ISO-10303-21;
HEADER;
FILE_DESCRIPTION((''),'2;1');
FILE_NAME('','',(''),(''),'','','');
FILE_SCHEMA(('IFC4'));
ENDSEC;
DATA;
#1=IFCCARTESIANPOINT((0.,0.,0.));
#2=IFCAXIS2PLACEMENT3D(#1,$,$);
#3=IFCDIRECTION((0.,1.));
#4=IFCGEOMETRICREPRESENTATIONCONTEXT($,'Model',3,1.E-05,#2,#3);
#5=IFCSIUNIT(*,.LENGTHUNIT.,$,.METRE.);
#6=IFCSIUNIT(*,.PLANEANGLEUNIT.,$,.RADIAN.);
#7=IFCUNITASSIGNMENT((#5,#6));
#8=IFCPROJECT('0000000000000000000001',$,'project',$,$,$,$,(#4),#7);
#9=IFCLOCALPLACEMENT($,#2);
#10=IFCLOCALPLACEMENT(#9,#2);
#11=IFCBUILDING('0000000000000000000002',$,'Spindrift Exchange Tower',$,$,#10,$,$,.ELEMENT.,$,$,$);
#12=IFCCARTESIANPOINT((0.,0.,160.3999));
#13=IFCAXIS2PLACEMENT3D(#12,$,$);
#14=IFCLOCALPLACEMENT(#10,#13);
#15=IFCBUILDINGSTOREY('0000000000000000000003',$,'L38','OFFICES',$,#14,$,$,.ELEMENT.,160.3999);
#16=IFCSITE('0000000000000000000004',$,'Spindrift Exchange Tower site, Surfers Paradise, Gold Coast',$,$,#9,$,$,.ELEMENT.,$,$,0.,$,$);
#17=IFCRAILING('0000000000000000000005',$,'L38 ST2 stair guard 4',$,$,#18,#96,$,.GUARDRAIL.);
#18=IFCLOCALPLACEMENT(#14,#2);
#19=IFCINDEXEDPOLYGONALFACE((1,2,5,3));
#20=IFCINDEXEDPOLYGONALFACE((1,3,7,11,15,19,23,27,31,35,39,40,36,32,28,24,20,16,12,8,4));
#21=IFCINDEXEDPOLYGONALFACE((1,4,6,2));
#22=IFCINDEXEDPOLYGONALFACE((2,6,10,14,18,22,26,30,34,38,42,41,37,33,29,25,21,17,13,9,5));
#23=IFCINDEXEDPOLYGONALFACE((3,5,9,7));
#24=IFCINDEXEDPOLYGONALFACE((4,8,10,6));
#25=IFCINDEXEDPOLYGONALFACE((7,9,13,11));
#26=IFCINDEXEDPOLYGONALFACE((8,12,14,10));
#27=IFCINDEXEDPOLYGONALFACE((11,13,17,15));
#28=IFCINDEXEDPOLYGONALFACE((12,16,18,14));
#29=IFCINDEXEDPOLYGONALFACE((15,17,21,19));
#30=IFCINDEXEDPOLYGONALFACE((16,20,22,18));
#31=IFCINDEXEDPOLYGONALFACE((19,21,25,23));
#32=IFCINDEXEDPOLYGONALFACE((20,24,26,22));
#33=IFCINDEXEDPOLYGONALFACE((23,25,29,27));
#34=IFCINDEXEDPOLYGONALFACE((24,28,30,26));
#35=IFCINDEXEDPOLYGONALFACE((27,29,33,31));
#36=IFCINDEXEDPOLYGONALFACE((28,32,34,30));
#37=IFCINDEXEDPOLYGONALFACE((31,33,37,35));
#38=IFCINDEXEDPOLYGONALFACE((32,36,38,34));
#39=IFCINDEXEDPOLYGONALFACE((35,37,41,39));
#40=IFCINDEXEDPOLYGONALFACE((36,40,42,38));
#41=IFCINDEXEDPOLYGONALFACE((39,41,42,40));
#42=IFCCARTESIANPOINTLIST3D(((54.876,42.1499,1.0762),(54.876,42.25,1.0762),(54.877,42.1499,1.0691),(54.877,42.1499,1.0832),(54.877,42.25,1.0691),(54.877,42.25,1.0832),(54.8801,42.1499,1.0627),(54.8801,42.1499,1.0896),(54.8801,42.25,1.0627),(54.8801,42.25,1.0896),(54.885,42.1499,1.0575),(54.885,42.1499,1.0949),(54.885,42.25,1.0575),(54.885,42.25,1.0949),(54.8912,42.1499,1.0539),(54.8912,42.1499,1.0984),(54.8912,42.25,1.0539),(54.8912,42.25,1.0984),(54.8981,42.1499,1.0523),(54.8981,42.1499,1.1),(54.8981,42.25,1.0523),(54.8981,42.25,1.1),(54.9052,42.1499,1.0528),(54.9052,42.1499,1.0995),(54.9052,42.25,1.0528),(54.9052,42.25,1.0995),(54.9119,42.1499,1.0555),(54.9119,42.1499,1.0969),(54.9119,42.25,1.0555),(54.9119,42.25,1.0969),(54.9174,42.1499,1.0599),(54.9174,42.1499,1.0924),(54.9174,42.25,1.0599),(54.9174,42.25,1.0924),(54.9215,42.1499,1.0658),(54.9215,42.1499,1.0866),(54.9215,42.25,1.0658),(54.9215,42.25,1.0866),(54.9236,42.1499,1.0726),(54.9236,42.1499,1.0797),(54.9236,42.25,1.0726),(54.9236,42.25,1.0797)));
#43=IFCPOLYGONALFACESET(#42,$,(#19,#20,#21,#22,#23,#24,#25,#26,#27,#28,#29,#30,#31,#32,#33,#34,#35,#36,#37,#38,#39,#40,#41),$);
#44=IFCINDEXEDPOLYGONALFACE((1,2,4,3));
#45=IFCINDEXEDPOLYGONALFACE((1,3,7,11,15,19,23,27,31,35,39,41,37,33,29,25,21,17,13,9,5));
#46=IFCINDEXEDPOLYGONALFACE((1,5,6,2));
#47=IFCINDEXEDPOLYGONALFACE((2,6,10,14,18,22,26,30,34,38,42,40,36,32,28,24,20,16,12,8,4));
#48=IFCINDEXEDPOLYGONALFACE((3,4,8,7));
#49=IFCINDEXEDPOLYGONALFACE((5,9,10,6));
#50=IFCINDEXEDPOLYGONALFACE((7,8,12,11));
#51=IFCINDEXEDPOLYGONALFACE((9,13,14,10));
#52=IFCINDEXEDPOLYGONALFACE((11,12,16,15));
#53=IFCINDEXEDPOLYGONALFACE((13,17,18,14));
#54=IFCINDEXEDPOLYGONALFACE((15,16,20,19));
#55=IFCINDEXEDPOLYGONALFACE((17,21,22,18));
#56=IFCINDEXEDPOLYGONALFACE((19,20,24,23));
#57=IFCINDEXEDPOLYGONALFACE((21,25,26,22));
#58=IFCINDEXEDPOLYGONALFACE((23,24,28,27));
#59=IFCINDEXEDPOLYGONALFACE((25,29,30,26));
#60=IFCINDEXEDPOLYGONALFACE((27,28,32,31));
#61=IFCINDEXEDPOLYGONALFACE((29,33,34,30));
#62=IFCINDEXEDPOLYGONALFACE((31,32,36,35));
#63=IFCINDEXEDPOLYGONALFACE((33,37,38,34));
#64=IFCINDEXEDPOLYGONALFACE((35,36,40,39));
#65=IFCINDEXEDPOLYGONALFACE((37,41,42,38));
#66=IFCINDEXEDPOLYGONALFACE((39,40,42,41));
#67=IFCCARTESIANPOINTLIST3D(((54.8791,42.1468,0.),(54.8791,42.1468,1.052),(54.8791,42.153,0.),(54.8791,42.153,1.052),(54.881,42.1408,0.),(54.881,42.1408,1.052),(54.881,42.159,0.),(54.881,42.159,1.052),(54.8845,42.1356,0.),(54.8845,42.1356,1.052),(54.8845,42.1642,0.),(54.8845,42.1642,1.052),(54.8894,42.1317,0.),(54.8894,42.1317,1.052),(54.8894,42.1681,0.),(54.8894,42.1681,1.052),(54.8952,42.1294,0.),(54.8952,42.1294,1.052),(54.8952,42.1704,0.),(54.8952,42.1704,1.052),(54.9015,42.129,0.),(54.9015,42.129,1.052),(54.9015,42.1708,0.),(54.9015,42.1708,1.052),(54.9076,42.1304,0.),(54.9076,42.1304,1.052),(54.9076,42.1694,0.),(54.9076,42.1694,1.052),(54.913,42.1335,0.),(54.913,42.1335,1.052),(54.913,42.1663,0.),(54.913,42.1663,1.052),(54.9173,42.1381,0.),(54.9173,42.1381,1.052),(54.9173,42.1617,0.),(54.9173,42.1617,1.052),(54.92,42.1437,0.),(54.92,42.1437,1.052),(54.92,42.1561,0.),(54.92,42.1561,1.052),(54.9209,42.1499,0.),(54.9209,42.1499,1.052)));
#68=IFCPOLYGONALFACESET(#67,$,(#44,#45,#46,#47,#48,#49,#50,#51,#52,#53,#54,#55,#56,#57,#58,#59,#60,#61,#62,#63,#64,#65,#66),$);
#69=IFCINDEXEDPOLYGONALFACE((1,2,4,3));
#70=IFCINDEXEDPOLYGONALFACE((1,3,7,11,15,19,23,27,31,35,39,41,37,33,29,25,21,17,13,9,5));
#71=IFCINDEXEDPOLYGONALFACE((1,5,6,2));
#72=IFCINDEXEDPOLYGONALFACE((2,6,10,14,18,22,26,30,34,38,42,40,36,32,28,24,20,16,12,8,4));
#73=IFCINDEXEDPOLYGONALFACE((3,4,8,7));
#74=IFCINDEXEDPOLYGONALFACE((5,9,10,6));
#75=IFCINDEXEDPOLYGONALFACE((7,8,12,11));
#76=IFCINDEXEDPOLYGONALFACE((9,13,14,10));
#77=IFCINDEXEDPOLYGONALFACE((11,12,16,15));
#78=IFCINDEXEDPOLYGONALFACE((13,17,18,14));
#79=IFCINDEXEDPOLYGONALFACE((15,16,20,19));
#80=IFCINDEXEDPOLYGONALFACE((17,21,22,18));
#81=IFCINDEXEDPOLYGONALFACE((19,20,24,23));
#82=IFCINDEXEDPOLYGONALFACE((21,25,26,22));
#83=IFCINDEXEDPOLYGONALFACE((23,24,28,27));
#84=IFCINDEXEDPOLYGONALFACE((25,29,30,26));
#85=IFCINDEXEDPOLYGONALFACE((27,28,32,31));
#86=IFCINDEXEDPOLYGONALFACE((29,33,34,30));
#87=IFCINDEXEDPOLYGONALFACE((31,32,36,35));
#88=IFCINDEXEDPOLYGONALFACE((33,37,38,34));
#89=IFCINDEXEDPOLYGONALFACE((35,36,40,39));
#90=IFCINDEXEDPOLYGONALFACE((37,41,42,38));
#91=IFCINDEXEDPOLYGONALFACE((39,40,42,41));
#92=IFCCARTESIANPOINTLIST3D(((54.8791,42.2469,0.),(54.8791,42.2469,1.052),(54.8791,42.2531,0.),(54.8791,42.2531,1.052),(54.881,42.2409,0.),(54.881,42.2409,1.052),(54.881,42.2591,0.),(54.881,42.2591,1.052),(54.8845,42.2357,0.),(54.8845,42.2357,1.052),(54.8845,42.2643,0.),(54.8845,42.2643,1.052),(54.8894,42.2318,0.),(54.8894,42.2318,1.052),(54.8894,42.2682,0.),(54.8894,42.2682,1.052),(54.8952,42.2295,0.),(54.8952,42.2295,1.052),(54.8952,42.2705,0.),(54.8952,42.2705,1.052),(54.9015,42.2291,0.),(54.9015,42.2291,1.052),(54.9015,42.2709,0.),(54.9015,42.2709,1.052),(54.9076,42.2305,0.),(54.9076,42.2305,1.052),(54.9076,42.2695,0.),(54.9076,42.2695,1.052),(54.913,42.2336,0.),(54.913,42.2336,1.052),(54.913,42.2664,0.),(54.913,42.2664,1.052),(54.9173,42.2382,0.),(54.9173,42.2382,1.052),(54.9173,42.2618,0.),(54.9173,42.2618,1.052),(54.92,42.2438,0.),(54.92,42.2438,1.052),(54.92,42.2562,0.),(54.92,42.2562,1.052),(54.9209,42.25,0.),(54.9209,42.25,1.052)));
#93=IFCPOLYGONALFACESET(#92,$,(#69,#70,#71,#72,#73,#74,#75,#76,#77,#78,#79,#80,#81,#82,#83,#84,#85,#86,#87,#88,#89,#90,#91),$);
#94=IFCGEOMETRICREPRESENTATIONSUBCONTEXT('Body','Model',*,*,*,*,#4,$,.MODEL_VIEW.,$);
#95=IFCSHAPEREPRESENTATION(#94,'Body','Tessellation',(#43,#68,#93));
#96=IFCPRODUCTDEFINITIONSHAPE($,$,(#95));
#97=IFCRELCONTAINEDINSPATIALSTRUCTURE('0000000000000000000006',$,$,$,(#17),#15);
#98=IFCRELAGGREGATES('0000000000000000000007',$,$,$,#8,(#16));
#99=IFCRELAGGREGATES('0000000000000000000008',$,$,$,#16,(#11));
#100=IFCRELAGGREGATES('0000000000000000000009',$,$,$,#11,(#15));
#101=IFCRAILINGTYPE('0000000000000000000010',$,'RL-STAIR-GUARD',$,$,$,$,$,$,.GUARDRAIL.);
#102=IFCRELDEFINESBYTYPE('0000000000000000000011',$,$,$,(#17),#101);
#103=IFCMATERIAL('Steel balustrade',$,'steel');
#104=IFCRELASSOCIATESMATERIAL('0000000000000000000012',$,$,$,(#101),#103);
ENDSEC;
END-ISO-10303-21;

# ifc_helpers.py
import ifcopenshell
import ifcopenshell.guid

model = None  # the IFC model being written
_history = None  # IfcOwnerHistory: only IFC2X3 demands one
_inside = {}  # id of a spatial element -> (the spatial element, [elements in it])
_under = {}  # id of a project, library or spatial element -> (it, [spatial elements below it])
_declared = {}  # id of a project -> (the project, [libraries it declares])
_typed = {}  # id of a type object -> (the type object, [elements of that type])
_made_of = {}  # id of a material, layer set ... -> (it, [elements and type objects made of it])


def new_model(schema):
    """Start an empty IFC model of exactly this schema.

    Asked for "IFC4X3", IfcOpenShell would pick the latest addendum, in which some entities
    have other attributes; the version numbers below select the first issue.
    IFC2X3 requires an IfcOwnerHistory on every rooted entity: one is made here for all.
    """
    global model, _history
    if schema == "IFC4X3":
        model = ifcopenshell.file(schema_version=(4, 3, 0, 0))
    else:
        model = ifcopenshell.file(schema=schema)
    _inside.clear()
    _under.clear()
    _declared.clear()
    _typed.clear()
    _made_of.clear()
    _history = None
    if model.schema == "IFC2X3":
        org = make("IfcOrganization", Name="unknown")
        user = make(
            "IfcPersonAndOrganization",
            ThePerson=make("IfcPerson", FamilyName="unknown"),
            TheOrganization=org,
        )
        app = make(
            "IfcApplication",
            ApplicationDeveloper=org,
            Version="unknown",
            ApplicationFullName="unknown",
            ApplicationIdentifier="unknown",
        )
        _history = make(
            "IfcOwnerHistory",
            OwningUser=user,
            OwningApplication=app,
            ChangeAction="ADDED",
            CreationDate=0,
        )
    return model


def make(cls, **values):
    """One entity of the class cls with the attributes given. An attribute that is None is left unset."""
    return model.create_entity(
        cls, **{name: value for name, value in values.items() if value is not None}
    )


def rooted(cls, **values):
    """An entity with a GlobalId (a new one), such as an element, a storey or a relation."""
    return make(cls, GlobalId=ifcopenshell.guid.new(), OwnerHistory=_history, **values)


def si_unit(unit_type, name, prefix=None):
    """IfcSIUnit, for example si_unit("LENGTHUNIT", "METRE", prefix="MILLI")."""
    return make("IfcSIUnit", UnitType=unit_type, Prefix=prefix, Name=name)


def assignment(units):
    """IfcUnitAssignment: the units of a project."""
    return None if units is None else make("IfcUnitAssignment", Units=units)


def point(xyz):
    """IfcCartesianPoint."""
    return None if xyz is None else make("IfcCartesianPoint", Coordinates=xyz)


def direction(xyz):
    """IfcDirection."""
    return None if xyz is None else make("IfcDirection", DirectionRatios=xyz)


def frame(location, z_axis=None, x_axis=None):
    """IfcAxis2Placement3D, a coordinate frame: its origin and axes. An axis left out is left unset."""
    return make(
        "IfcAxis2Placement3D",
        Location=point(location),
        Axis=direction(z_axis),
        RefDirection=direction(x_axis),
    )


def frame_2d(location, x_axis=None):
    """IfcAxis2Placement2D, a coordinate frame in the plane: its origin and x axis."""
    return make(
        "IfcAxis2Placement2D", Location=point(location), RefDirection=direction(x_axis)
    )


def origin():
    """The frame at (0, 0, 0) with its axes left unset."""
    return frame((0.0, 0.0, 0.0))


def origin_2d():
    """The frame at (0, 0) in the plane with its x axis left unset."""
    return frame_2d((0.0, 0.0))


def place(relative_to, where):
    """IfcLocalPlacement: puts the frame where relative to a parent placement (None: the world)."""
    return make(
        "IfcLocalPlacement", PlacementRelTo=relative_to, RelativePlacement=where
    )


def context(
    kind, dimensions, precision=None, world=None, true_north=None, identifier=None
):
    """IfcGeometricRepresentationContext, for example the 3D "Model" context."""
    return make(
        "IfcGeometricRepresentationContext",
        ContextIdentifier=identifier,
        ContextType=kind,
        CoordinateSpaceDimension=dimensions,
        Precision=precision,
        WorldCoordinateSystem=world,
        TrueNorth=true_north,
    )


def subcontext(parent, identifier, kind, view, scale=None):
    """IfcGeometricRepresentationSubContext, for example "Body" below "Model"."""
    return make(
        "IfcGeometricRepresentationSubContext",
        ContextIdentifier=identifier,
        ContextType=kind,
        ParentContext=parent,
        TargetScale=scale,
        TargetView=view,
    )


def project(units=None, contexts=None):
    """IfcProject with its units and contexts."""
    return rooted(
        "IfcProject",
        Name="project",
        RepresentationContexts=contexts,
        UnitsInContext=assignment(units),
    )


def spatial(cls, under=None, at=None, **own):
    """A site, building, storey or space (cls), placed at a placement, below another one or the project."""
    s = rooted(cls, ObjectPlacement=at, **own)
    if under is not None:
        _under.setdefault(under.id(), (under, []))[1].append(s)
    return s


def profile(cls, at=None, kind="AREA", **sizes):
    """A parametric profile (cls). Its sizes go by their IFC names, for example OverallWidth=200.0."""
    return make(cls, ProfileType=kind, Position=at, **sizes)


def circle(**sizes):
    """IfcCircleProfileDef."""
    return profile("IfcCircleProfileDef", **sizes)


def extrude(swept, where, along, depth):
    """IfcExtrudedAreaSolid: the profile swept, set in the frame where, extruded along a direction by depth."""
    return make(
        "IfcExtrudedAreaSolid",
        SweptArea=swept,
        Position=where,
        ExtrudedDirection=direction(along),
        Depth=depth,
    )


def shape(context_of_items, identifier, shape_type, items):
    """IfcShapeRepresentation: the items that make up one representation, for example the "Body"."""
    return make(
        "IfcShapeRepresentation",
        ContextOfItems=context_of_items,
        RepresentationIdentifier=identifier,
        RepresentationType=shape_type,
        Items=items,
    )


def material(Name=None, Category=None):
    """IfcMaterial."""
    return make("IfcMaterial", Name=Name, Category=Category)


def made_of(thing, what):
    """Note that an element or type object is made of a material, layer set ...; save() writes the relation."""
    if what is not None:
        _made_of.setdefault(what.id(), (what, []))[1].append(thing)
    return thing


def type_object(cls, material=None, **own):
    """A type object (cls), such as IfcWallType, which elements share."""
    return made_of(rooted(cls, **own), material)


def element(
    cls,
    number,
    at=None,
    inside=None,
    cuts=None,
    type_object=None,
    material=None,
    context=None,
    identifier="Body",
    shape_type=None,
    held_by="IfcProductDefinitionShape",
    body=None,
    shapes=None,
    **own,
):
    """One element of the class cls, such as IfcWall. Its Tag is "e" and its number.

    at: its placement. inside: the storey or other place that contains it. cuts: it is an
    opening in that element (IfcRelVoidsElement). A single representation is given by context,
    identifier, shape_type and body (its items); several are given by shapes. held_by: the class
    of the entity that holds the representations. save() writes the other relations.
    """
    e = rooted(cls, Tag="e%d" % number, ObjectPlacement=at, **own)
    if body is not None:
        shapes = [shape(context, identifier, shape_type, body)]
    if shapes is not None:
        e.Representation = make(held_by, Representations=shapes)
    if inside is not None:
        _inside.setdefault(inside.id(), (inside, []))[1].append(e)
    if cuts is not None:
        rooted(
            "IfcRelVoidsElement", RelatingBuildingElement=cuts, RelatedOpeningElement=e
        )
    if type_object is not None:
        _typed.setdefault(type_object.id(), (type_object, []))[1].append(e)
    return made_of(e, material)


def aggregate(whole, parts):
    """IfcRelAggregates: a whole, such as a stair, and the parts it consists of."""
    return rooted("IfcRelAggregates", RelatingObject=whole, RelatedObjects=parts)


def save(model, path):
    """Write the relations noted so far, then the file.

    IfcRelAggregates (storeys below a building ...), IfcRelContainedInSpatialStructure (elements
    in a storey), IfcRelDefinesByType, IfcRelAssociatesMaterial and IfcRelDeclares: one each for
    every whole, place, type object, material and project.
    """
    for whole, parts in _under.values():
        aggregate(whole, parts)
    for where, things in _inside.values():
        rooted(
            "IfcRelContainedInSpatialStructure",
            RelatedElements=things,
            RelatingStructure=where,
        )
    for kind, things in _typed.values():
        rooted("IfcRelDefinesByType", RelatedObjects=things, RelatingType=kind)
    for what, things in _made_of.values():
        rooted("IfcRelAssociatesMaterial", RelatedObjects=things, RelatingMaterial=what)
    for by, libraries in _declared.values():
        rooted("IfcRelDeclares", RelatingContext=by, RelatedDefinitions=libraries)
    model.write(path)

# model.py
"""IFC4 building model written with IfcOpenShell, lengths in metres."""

from ifc_helpers import new_model, si_unit, direction, frame, origin, origin_2d, place, context, subcontext, project, spatial, circle, extrude, material, type_object, element, save


model = new_model("IFC4")

# Units and contexts
model_context = context("Model", 3, precision=1e-05, world=origin(), true_north=direction((0.0, 1.0)))
body_context = subcontext(model_context, "Body", "Model", "MODEL_VIEW")
ifc_project = project(units=[si_unit("LENGTHUNIT", "METRE"), si_unit("PLANEANGLEUNIT", "RADIAN")], contexts=[model_context])

# Site, building, storey
site_placement = place(None, origin())
site = spatial("IfcSite", under=ifc_project, at=site_placement, Name="Spindrift Exchange Tower site, Surfers Paradise, Gold Coast", CompositionType="ELEMENT", RefElevation=0.0)
building_placement = place(site_placement, origin())
building = spatial("IfcBuilding", under=site, at=building_placement, Name="Spindrift Exchange Tower", CompositionType="ELEMENT")
storey_placement = place(building_placement, frame((0.0, 0.0, 160.3999)))
storey = spatial("IfcBuildingStorey", under=building, at=storey_placement, Name="L38", Description="OFFICES", CompositionType="ELEMENT", Elevation=160.3999)

# Railing
ifc_material_1 = material(Name="Steel balustrade", Category="steel")
railing_type_1 = type_object("IfcRailingType", Name="RL-STAIR-GUARD", PredefinedType="GUARDRAIL", material=ifc_material_1)
railing_1_placement = place(storey_placement, frame((54.8999, 42.1499, 0.0)))
element("IfcRailing", 1, at=railing_1_placement, inside=storey, type_object=railing_type_1, Name="L38 ST2 stair guard 4", PredefinedType="GUARDRAIL", context=body_context, shape_type="SweptSolid", body=[
    extrude(circle(Radius=0.0239, at=origin_2d()), frame((0.0, 0.0, 1.0762), z_axis=(0.0, 1.0, 0.0), x_axis=(-1.0, 0.0, 0.0)), (0.0, 0.0, 1.0), 0.1001),
    extrude(circle(Radius=0.021, at=origin_2d()), origin(), (0.0, 0.0, 1.0), 1.052),
    extrude(circle(Radius=0.021, at=origin_2d()), frame((0.0, 0.1001, 0.0)), (0.0, 0.0, 1.0), 1.052),
])

save(model, "model.ifc")
